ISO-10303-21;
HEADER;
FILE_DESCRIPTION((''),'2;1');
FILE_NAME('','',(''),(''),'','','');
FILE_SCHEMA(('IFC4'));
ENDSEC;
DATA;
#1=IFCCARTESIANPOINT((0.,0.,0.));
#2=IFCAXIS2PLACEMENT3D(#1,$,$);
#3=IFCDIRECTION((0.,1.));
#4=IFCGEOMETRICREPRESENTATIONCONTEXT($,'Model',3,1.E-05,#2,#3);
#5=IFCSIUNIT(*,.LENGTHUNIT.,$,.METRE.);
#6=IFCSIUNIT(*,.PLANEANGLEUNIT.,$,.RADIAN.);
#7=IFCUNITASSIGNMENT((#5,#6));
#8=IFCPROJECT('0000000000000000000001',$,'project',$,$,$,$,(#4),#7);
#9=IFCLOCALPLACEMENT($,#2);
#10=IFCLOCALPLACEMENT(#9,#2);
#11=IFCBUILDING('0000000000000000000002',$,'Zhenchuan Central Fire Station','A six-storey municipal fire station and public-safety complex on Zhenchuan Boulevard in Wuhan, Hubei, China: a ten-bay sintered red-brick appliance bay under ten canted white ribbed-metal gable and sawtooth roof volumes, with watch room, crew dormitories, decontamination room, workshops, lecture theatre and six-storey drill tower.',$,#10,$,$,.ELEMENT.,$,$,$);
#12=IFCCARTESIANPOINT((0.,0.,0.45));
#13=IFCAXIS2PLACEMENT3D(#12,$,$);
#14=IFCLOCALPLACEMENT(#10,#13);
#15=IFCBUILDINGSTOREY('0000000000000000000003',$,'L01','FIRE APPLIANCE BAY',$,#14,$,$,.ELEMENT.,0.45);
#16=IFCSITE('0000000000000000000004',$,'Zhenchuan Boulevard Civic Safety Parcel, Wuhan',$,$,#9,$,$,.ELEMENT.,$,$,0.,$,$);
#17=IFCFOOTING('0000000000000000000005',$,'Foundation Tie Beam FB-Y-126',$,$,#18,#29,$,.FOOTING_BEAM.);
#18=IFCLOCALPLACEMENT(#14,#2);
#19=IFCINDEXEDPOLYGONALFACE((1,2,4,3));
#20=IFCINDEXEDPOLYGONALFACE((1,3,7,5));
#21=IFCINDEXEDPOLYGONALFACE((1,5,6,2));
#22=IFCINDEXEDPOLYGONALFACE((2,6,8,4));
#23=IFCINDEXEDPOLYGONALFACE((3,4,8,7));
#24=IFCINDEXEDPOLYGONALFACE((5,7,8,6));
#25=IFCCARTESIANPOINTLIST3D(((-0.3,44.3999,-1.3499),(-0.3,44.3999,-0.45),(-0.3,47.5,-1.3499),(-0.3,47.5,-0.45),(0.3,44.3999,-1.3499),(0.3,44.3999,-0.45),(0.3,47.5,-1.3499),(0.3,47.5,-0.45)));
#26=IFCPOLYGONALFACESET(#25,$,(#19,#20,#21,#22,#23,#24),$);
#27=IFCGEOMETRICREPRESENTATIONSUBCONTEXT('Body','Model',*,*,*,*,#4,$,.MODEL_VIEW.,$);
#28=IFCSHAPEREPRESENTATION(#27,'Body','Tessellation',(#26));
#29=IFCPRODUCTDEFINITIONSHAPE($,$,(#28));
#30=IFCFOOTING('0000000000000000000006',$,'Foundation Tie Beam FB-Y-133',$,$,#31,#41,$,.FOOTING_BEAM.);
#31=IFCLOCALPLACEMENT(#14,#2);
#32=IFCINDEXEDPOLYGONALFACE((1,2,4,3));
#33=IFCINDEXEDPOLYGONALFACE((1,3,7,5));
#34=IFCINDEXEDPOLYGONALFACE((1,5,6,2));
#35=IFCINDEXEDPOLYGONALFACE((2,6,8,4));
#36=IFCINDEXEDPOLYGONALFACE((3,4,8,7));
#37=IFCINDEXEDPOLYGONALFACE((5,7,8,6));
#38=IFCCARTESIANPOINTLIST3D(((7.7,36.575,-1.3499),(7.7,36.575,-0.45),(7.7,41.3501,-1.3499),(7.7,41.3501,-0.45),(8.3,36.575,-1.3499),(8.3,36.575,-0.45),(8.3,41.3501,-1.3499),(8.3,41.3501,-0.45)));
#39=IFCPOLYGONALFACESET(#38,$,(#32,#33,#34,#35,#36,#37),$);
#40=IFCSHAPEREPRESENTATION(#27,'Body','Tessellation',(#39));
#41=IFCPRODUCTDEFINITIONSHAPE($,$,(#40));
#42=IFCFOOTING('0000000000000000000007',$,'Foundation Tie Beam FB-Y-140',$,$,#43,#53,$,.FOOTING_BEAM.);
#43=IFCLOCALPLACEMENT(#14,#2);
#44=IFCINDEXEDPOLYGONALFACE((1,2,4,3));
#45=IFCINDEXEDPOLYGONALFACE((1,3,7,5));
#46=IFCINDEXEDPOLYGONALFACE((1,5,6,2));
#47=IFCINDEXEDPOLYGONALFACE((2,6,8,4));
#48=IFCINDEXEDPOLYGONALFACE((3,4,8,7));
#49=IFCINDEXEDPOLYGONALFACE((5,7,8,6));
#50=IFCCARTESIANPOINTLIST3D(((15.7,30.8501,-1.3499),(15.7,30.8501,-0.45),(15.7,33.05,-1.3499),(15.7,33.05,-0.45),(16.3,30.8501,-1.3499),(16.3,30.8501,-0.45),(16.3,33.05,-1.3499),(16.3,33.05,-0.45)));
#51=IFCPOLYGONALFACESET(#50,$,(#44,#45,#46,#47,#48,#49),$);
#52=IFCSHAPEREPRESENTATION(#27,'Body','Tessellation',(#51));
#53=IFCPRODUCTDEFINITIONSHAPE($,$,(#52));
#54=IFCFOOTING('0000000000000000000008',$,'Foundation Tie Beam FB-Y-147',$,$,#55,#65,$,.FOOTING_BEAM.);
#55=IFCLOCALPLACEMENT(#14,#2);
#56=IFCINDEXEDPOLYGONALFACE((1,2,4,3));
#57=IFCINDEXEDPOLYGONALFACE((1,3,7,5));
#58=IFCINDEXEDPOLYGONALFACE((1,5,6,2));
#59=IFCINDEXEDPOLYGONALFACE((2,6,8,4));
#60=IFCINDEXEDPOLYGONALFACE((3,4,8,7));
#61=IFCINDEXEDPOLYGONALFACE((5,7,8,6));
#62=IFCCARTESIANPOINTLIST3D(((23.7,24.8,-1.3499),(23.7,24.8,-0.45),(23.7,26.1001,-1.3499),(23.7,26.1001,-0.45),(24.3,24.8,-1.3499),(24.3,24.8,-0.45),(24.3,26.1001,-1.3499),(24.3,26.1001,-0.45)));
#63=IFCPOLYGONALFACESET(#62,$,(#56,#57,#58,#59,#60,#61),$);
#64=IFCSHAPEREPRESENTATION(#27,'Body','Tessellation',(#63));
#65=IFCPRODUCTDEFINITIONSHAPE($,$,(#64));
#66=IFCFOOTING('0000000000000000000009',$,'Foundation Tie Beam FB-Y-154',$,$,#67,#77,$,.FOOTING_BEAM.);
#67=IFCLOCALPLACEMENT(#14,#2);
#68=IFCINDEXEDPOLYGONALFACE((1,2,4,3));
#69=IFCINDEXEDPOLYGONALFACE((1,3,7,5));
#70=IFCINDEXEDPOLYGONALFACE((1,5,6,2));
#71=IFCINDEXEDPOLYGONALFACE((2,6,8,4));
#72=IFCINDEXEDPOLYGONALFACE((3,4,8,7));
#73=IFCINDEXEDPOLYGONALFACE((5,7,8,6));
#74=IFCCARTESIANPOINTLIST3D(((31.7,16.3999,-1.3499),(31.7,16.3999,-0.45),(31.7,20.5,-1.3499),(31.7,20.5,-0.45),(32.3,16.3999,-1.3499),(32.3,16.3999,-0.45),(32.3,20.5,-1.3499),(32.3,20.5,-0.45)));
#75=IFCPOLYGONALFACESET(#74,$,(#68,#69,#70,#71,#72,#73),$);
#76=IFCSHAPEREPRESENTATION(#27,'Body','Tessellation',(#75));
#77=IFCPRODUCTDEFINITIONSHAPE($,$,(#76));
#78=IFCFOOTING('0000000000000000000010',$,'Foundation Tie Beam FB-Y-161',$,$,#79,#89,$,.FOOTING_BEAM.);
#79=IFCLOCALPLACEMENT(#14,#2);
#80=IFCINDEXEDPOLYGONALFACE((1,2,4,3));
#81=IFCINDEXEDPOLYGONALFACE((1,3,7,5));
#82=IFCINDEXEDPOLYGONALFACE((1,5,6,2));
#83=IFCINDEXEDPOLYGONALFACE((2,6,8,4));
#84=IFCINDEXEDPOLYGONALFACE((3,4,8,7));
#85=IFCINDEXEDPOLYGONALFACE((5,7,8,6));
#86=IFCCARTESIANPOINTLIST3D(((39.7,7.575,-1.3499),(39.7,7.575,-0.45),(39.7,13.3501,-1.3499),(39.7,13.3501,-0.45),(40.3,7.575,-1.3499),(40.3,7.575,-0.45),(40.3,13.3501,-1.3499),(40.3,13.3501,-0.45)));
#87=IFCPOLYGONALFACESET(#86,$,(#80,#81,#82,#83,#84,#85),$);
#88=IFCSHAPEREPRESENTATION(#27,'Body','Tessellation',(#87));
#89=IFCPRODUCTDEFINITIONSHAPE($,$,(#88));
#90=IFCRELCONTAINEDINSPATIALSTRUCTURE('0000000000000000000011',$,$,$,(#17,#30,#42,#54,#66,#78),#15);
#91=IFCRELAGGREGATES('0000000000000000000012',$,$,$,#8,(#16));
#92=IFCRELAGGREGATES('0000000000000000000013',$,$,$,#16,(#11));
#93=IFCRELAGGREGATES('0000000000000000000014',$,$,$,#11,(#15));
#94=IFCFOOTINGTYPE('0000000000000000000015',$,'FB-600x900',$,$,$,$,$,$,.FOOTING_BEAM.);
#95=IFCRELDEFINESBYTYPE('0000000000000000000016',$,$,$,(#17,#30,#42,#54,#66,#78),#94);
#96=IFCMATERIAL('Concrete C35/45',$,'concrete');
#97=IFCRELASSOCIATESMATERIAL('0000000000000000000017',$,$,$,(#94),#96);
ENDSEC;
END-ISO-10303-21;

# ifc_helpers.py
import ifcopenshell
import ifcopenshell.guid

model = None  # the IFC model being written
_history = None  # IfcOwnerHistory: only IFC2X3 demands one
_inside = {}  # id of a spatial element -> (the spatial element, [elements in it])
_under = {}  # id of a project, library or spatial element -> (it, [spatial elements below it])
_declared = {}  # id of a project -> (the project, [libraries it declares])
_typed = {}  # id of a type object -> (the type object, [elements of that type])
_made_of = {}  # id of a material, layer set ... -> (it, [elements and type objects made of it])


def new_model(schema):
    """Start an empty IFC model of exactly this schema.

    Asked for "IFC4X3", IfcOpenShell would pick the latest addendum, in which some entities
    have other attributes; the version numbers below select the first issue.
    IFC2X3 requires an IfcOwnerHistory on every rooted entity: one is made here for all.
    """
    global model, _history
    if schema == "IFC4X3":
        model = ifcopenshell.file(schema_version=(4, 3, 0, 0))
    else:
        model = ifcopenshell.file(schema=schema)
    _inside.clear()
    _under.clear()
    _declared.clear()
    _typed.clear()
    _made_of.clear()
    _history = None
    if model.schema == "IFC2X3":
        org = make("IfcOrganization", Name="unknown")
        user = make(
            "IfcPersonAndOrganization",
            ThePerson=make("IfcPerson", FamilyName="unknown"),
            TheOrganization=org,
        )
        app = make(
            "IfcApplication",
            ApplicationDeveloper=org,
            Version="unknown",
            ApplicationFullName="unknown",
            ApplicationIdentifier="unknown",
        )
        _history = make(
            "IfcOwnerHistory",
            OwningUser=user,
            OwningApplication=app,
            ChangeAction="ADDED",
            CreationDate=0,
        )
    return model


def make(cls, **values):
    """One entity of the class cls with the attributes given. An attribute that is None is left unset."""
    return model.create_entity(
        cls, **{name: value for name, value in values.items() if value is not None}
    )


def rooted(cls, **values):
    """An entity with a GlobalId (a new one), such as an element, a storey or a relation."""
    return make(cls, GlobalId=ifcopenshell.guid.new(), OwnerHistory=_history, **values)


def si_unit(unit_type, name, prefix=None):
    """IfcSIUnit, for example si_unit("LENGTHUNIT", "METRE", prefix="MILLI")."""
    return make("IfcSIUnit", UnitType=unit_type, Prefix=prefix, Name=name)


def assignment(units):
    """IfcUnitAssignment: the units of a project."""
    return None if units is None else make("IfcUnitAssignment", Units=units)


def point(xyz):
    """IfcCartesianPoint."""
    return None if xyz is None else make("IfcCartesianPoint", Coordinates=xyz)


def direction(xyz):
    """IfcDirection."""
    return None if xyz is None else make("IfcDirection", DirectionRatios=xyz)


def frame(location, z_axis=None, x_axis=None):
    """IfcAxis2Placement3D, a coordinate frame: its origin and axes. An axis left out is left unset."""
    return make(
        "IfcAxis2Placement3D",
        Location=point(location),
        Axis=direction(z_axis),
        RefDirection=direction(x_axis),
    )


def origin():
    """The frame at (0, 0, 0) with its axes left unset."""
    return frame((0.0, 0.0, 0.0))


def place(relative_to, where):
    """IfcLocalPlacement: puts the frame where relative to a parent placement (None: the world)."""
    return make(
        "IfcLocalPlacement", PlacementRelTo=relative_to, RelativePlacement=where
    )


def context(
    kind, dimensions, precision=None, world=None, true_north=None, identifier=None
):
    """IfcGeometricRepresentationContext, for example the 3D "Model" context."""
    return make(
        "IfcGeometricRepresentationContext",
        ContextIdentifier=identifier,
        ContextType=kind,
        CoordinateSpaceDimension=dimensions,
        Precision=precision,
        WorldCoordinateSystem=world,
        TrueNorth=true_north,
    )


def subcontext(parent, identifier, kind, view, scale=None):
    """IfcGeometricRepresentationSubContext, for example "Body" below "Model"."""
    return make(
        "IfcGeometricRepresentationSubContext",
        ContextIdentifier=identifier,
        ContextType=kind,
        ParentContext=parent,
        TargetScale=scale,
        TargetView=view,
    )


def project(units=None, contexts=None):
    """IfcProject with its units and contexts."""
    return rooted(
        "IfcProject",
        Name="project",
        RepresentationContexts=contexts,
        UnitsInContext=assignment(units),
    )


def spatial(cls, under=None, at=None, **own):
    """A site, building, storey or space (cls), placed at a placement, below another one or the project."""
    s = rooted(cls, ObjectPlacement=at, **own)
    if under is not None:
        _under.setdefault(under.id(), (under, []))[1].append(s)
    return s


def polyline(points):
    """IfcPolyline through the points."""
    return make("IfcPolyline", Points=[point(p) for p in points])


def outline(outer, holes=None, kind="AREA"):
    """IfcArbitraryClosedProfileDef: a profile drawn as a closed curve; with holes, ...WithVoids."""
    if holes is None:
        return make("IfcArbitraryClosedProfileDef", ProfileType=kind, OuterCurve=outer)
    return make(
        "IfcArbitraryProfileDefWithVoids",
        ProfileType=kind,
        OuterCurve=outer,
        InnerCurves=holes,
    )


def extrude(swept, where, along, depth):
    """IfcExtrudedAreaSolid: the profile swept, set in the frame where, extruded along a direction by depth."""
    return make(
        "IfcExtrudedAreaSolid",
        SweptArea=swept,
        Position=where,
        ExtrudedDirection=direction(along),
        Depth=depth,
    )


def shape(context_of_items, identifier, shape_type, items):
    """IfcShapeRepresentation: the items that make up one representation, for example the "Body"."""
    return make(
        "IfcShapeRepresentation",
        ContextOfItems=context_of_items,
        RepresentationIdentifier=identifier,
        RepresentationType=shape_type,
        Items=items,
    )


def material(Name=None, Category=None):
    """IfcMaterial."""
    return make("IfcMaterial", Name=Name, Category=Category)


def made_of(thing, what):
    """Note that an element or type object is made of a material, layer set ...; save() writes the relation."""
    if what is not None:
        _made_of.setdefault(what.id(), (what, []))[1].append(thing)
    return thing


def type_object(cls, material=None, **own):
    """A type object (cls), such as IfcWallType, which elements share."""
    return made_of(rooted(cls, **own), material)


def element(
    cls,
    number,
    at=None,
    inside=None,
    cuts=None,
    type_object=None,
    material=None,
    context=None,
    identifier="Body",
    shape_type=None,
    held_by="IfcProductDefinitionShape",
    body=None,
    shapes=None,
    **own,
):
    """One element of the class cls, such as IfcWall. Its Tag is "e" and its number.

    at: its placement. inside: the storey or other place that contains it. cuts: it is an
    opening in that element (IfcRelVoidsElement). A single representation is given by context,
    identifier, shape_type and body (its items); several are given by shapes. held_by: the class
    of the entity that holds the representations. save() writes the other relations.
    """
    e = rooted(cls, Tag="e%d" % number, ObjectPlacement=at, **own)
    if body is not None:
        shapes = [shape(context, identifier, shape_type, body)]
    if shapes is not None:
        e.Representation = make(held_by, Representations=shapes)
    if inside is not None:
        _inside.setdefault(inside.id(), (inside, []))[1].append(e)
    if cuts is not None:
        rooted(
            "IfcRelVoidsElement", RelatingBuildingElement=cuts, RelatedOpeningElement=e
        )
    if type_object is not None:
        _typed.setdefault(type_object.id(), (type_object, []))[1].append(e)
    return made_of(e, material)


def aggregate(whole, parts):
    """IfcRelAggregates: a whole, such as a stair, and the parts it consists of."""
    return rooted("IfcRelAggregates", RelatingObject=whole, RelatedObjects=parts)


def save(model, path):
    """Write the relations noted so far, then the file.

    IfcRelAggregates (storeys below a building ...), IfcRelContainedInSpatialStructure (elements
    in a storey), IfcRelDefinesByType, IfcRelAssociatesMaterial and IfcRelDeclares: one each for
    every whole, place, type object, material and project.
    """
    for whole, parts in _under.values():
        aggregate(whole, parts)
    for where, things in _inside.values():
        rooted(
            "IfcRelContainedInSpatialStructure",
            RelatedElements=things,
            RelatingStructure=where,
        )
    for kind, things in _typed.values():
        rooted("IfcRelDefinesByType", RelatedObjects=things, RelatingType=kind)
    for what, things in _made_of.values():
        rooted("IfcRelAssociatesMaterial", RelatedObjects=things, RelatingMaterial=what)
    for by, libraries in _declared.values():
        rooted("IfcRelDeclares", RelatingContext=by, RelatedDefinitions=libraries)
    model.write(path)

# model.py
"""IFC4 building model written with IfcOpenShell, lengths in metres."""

from ifc_helpers import new_model, si_unit, direction, frame, origin, place, context, subcontext, project, spatial, polyline, outline, extrude, material, type_object, element, save


model = new_model("IFC4")

# Units and contexts
model_context = context("Model", 3, precision=1e-05, world=origin(), true_north=direction((0.0, 1.0)))
body_context = subcontext(model_context, "Body", "Model", "MODEL_VIEW")
ifc_project = project(units=[si_unit("LENGTHUNIT", "METRE"), si_unit("PLANEANGLEUNIT", "RADIAN")], contexts=[model_context])

# Site, building, storey
site_placement = place(None, origin())
site = spatial("IfcSite", under=ifc_project, at=site_placement, Name="Zhenchuan Boulevard Civic Safety Parcel, Wuhan", CompositionType="ELEMENT", RefElevation=0.0)
building_placement = place(site_placement, origin())
building = spatial("IfcBuilding", under=site, at=building_placement, Name="Zhenchuan Central Fire Station", Description="A six-storey municipal fire station and public-safety complex on Zhenchuan Boulevard in Wuhan, Hubei, China: a ten-bay sintered red-brick appliance bay under ten canted white ribbed-metal gable and sawtooth roof volumes, with watch room, crew dormitories, decontamination room, workshops, lecture theatre and six-storey drill tower.", CompositionType="ELEMENT")
storey_placement = place(building_placement, frame((0.0, 0.0, 0.45)))
storey = spatial("IfcBuildingStorey", under=building, at=storey_placement, Name="L01", Description="FIRE APPLIANCE BAY", CompositionType="ELEMENT", Elevation=0.45)

# Footings
ifc_material = material(Name="Concrete C35/45", Category="concrete")
footing_type_1 = type_object("IfcFootingType", Name="FB-600x900", PredefinedType="FOOTING_BEAM", material=ifc_material)
footing_1_placement = place(storey_placement, frame((0.0, 0.0, -1.3499)))
element("IfcFooting", 1, at=footing_1_placement, inside=storey, type_object=footing_type_1, Name="Foundation Tie Beam FB-Y-126", PredefinedType="FOOTING_BEAM", context=body_context, shape_type="SweptSolid", body=[
    extrude(outline(polyline([(-0.3, 44.3999), (0.3, 44.3999), (0.3, 47.5), (-0.3, 47.5), (-0.3, 44.3999)])), origin(), (0.0, 0.0, 1.0), 0.8999),
])
footing_2_placement = place(storey_placement, frame((0.0, 0.0, -1.3499)))
element("IfcFooting", 2, at=footing_2_placement, inside=storey, type_object=footing_type_1, Name="Foundation Tie Beam FB-Y-133", PredefinedType="FOOTING_BEAM", context=body_context, shape_type="SweptSolid", body=[
    extrude(outline(polyline([(7.7, 36.575), (8.3, 36.575), (8.3, 41.3501), (7.7, 41.3501), (7.7, 36.575)])), origin(), (0.0, 0.0, 1.0), 0.8999),
])
footing_3_placement = place(storey_placement, frame((0.0, 0.0, -1.3499)))
element("IfcFooting", 3, at=footing_3_placement, inside=storey, type_object=footing_type_1, Name="Foundation Tie Beam FB-Y-140", PredefinedType="FOOTING_BEAM", context=body_context, shape_type="SweptSolid", body=[
    extrude(outline(polyline([(15.7, 30.8501), (16.3, 30.8501), (16.3, 33.05), (15.7, 33.05), (15.7, 30.8501)])), origin(), (0.0, 0.0, 1.0), 0.8999),
])
footing_4_placement = place(storey_placement, frame((0.0, 0.0, -1.3499)))
element("IfcFooting", 4, at=footing_4_placement, inside=storey, type_object=footing_type_1, Name="Foundation Tie Beam FB-Y-147", PredefinedType="FOOTING_BEAM", context=body_context, shape_type="SweptSolid", body=[
    extrude(outline(polyline([(23.7, 24.8), (24.3, 24.8), (24.3, 26.1001), (23.7, 26.1001), (23.7, 24.8)])), origin(), (0.0, 0.0, 1.0), 0.8999),
])
footing_5_placement = place(storey_placement, frame((0.0, 0.0, -1.3499)))
element("IfcFooting", 5, at=footing_5_placement, inside=storey, type_object=footing_type_1, Name="Foundation Tie Beam FB-Y-154", PredefinedType="FOOTING_BEAM", context=body_context, shape_type="SweptSolid", body=[
    extrude(outline(polyline([(31.7, 16.3999), (32.3, 16.3999), (32.3, 20.5), (31.7, 20.5), (31.7, 16.3999)])), origin(), (0.0, 0.0, 1.0), 0.8999),
])
footing_6_placement = place(storey_placement, frame((0.0, 0.0, -1.3499)))
element("IfcFooting", 6, at=footing_6_placement, inside=storey, type_object=footing_type_1, Name="Foundation Tie Beam FB-Y-161", PredefinedType="FOOTING_BEAM", context=body_context, shape_type="SweptSolid", body=[
    extrude(outline(polyline([(39.7, 7.575), (40.3, 7.575), (40.3, 13.3501), (39.7, 13.3501), (39.7, 7.575)])), origin(), (0.0, 0.0, 1.0), 0.8999),
])

save(model, "model.ifc")
